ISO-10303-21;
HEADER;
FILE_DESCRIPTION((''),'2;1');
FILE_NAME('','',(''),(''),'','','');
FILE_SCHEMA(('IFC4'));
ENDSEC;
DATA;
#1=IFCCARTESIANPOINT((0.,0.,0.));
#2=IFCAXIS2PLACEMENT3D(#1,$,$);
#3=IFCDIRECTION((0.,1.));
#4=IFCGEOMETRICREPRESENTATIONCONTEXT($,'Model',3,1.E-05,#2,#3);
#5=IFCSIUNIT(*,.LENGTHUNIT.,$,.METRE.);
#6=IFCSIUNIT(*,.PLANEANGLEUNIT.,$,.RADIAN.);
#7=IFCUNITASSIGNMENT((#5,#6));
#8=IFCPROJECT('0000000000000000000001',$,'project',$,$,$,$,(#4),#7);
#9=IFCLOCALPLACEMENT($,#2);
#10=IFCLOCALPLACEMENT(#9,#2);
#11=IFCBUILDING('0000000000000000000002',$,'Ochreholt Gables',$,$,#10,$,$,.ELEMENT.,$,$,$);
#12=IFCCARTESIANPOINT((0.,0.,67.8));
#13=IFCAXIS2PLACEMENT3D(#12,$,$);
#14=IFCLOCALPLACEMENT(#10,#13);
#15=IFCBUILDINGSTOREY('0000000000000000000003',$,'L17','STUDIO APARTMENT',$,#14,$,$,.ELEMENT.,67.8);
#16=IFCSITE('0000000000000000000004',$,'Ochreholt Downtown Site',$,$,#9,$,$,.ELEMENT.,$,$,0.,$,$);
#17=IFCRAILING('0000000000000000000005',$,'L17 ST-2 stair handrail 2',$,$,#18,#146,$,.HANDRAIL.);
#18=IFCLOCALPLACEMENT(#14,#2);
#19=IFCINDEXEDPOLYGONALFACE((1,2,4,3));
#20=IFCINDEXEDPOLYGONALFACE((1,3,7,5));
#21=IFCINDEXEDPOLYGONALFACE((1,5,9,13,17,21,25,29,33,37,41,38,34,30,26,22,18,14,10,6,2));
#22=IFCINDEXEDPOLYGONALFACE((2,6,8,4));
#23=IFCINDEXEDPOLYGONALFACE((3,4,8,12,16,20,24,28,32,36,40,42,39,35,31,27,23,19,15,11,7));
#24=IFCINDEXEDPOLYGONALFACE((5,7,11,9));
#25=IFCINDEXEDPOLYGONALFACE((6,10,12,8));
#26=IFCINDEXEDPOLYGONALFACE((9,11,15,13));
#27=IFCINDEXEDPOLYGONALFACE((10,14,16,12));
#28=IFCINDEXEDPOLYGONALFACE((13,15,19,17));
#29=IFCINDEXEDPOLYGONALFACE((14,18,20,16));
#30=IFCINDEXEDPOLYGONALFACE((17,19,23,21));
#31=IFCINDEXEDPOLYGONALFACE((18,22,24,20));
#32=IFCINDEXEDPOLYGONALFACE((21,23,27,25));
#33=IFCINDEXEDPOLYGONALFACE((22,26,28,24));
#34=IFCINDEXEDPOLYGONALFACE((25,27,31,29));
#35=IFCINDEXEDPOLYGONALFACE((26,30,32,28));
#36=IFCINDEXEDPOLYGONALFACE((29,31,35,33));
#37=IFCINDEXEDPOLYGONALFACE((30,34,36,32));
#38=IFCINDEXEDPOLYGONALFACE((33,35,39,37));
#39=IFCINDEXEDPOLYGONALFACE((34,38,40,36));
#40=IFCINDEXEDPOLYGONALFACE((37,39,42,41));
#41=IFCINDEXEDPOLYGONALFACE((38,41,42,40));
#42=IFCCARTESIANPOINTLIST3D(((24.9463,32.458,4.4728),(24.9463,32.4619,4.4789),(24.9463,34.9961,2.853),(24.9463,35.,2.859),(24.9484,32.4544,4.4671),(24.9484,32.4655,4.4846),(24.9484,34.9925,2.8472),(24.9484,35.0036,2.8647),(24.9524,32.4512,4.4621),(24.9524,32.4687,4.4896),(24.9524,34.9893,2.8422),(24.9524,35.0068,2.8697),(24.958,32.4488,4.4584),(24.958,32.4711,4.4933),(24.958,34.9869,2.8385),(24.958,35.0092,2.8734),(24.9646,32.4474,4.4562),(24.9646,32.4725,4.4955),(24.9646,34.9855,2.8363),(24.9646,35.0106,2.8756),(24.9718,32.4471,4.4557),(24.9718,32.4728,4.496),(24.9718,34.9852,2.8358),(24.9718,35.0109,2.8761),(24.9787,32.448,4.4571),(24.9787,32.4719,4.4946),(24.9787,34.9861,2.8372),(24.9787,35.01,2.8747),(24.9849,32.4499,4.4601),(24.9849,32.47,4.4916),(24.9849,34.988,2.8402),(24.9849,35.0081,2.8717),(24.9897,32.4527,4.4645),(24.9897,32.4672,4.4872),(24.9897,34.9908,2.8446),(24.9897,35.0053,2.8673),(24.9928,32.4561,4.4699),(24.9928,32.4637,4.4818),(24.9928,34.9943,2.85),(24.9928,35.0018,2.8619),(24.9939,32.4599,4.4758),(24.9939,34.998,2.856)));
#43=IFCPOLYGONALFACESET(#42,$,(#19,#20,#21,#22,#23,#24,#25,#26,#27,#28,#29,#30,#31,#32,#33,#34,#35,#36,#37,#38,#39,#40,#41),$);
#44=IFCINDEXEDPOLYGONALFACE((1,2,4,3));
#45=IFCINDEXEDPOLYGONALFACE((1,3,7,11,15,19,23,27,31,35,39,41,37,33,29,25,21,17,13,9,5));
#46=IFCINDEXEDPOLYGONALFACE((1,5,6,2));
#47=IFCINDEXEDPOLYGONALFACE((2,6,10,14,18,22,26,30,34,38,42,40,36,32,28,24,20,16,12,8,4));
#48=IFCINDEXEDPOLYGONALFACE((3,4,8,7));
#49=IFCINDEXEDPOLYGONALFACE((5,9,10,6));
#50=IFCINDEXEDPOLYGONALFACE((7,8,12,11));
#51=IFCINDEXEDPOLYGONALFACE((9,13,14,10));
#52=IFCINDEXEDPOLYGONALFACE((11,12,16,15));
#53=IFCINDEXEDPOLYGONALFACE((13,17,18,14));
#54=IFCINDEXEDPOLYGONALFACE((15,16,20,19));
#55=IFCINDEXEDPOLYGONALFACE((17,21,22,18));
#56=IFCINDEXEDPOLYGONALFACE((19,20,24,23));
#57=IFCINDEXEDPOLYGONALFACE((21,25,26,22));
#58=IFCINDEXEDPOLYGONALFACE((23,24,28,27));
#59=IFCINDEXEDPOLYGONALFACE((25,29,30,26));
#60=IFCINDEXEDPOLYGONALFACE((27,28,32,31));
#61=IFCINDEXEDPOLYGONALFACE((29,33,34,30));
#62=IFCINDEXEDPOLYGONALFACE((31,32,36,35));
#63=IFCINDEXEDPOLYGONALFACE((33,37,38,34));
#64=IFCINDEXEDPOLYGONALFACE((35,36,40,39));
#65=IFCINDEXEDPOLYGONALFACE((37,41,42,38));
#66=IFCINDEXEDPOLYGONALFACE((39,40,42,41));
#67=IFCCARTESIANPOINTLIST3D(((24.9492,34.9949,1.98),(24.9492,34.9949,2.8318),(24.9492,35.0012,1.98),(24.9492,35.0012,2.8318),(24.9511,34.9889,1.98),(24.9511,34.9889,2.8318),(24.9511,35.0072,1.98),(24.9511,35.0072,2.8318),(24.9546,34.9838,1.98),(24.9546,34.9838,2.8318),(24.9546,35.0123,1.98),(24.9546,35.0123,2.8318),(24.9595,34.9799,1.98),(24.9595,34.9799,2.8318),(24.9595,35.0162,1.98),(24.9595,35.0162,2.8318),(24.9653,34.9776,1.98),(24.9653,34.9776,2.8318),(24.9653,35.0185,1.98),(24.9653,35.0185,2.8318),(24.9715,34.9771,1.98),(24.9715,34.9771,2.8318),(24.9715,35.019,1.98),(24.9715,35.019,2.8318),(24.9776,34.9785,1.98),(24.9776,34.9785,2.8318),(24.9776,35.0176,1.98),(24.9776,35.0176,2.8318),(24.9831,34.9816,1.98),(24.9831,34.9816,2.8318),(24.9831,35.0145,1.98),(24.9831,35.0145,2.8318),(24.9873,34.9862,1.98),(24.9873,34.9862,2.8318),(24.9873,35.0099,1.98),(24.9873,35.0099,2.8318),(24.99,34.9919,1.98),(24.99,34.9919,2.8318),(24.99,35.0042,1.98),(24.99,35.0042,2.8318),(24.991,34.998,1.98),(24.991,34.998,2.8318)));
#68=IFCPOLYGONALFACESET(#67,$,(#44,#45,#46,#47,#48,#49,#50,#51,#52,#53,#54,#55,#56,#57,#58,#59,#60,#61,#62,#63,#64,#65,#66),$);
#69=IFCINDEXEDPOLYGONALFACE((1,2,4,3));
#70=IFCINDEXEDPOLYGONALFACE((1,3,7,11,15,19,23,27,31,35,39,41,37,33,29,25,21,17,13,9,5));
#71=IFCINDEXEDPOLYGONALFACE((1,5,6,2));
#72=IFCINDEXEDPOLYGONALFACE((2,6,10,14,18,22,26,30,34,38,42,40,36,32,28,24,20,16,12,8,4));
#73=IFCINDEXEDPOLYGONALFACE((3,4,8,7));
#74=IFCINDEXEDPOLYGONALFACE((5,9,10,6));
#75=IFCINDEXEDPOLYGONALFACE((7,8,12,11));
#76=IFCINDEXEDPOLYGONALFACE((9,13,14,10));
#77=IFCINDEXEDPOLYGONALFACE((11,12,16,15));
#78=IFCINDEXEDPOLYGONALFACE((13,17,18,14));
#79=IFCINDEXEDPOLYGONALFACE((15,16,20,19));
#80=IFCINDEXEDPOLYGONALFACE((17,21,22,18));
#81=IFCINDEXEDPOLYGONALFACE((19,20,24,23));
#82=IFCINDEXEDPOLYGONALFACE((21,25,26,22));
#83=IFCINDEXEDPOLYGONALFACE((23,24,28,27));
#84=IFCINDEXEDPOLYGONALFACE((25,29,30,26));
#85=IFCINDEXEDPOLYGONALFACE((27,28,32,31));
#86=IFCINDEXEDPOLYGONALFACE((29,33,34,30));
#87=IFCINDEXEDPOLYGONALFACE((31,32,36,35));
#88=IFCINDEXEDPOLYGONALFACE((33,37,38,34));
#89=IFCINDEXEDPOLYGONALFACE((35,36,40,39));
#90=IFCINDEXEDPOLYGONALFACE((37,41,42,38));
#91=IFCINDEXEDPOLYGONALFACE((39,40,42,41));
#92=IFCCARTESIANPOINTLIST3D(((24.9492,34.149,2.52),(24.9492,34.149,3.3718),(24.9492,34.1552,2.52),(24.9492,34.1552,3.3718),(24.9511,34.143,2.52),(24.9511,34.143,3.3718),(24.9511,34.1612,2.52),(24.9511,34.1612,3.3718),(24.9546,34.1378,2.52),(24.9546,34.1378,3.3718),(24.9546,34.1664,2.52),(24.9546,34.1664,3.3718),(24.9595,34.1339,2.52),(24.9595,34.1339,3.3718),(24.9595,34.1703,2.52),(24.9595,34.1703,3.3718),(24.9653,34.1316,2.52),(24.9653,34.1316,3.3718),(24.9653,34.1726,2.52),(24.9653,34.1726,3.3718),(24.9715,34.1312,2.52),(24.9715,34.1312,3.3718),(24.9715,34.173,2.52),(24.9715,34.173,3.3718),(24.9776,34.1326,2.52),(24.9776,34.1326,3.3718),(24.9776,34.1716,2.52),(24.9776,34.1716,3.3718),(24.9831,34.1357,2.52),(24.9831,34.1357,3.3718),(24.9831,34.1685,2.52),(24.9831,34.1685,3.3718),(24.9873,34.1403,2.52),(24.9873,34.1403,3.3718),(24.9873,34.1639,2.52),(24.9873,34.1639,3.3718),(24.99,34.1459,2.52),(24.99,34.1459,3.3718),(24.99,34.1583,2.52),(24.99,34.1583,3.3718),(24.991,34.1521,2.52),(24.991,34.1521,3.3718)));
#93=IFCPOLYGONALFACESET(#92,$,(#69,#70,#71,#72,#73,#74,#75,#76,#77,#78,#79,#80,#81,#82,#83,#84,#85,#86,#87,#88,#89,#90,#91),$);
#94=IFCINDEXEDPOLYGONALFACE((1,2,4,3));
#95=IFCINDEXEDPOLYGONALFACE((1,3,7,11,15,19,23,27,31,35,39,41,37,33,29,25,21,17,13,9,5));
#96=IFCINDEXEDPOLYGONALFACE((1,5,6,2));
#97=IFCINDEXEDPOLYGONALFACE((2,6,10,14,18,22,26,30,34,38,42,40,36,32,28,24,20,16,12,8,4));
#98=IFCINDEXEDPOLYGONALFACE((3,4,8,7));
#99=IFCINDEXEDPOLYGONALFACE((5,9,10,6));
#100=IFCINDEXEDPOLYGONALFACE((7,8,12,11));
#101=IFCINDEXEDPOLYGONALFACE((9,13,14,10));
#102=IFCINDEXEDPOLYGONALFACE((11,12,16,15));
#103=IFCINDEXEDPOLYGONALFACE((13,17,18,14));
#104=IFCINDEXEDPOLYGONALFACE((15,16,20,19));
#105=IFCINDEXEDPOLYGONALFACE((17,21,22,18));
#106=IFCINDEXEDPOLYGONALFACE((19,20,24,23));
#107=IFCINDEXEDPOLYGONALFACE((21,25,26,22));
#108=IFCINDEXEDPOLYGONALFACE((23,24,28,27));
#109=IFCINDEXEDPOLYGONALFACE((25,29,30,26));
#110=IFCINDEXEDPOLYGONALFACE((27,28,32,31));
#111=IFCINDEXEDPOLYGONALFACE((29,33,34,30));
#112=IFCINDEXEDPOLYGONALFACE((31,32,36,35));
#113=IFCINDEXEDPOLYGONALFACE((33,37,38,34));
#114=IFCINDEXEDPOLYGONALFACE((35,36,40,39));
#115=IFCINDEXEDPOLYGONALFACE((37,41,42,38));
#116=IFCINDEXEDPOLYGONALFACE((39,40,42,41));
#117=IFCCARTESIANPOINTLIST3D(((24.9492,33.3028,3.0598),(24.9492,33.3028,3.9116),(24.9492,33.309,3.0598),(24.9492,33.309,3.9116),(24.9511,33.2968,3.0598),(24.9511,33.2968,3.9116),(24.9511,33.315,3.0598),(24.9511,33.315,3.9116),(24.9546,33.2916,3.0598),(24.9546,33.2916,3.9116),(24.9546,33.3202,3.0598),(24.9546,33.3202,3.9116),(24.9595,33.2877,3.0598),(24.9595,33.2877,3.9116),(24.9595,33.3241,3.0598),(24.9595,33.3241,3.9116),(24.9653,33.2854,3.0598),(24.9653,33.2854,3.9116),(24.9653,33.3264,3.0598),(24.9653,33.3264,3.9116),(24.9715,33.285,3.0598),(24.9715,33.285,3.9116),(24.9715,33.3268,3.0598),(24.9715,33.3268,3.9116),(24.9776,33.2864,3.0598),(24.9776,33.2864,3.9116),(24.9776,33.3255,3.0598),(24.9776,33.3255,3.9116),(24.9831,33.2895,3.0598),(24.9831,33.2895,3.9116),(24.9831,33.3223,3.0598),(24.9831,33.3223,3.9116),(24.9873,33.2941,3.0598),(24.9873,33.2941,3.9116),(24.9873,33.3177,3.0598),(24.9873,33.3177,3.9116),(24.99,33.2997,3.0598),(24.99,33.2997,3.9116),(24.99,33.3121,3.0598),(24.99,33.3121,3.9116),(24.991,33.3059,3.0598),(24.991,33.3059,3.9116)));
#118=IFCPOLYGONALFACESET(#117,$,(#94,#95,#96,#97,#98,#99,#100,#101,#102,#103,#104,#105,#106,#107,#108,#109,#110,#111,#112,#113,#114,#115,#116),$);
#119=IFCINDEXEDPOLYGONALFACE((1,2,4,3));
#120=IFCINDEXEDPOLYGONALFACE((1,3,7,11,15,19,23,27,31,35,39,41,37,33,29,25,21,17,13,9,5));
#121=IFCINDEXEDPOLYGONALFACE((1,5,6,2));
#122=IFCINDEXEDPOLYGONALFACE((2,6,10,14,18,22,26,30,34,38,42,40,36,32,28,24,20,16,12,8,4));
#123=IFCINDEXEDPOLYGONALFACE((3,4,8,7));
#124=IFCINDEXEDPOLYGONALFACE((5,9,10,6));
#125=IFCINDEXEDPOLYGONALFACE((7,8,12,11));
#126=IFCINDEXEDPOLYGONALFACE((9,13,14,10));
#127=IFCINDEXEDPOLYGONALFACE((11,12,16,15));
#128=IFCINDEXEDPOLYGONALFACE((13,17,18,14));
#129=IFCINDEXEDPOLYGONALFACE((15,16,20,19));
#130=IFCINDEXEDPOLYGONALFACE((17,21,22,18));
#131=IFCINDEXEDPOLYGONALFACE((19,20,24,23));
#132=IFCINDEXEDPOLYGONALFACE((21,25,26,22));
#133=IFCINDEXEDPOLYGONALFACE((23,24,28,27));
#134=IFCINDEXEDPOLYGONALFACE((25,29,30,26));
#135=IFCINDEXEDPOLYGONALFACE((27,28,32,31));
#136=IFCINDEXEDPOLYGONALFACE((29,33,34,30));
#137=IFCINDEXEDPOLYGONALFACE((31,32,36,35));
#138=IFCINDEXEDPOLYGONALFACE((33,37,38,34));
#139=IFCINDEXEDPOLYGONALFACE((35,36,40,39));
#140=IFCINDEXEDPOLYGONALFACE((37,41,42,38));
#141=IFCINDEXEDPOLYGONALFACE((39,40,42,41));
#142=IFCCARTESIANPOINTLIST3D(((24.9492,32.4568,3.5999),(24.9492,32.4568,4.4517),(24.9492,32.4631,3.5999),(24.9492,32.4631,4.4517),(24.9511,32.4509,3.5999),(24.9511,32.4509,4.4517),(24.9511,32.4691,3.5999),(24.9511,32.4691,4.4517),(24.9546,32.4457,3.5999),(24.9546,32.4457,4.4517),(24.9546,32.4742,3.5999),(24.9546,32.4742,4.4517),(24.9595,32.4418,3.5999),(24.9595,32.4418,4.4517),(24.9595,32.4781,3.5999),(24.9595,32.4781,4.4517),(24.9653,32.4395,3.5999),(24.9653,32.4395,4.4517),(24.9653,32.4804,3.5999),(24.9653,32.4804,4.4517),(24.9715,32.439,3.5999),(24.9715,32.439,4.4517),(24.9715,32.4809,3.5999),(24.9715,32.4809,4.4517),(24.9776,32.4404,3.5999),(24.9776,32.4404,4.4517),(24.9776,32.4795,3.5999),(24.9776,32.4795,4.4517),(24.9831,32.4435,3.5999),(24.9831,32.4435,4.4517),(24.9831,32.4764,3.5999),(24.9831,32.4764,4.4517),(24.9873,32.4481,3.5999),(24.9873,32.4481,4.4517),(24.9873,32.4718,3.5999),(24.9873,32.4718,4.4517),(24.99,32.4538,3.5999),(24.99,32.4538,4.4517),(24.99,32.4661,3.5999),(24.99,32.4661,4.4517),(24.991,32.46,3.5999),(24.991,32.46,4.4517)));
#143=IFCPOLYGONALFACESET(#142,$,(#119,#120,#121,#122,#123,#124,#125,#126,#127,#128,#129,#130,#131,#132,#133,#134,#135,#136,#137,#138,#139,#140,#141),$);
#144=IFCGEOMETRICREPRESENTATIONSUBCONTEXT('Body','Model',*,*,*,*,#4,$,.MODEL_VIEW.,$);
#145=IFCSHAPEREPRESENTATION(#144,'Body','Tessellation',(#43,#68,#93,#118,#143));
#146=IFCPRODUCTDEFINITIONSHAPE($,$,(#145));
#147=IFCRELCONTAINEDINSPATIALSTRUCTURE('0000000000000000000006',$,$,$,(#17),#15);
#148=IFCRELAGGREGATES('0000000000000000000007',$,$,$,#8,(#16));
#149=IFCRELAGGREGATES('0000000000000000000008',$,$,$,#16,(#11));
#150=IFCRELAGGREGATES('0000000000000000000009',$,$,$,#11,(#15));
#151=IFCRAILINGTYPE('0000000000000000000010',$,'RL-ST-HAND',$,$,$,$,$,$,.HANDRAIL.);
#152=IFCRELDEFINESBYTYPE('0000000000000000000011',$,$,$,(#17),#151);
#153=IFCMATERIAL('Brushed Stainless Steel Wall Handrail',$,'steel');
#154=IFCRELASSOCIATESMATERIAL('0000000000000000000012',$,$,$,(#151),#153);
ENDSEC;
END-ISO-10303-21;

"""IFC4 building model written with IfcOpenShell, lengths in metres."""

from ifc_helpers import new_model, si_unit, direction, frame, origin, origin_2d, place, context, subcontext, project, spatial, circle, extrude, material, type_object, element, save


model = new_model("IFC4")

# Units and contexts
model_context = context("Model", 3, precision=1e-05, world=origin(), true_north=direction((0.0, 1.0)))
body_context = subcontext(model_context, "Body", "Model", "MODEL_VIEW")
ifc_project = project(units=[si_unit("LENGTHUNIT", "METRE"), si_unit("PLANEANGLEUNIT", "RADIAN")], contexts=[model_context])

# Site, building, storey
site_placement = place(None, origin())
site = spatial("IfcSite", under=ifc_project, at=site_placement, Name="Ochreholt Downtown Site", CompositionType="ELEMENT", RefElevation=0.0)
building_placement = place(site_placement, origin())
building = spatial("IfcBuilding", under=site, at=building_placement, Name="Ochreholt Gables", CompositionType="ELEMENT")
storey_placement = place(building_placement, frame((0.0, 0.0, 67.8)))
storey = spatial("IfcBuildingStorey", under=building, at=storey_placement, Name="L17", Description="STUDIO APARTMENT", CompositionType="ELEMENT", Elevation=67.8)

# Railing
ifc_material_1 = material(Name="Brushed Stainless Steel Wall Handrail", Category="steel")
railing_type_1 = type_object("IfcRailingType", Name="RL-ST-HAND", PredefinedType="HANDRAIL", material=ifc_material_1)
railing_1_placement = place(storey_placement, frame((24.97, 34.998, 1.98)))
element("IfcRailing", 1, at=railing_1_placement, inside=storey, type_object=railing_type_1, Name="L17 ST-2 stair handrail 2", PredefinedType="HANDRAIL", context=body_context, shape_type="SweptSolid", body=[
    extrude(circle(Radius=0.0239, at=origin_2d()), frame((0.0, 0.0, 0.876), z_axis=(0.0, -0.84295, 0.537993), x_axis=(1.0, 0.0, 0.0)), (0.0, 0.0, 1.0), 3.011),
    extrude(circle(Radius=0.021, at=origin_2d()), origin(), (0.0, 0.0, 1.0), 0.8518),
    extrude(circle(Radius=0.021, at=origin_2d()), frame((0.0, -0.8459, 0.54)), (0.0, 0.0, 1.0), 0.8518),
    extrude(circle(Radius=0.021, at=origin_2d()), frame((0.0, -1.6921, 1.0798)), (0.0, 0.0, 1.0), 0.8518),
    extrude(circle(Radius=0.021, at=origin_2d()), frame((0.0, -2.5381, 1.6199)), (0.0, 0.0, 1.0), 0.8518),
])

save(model, "model.ifc")
